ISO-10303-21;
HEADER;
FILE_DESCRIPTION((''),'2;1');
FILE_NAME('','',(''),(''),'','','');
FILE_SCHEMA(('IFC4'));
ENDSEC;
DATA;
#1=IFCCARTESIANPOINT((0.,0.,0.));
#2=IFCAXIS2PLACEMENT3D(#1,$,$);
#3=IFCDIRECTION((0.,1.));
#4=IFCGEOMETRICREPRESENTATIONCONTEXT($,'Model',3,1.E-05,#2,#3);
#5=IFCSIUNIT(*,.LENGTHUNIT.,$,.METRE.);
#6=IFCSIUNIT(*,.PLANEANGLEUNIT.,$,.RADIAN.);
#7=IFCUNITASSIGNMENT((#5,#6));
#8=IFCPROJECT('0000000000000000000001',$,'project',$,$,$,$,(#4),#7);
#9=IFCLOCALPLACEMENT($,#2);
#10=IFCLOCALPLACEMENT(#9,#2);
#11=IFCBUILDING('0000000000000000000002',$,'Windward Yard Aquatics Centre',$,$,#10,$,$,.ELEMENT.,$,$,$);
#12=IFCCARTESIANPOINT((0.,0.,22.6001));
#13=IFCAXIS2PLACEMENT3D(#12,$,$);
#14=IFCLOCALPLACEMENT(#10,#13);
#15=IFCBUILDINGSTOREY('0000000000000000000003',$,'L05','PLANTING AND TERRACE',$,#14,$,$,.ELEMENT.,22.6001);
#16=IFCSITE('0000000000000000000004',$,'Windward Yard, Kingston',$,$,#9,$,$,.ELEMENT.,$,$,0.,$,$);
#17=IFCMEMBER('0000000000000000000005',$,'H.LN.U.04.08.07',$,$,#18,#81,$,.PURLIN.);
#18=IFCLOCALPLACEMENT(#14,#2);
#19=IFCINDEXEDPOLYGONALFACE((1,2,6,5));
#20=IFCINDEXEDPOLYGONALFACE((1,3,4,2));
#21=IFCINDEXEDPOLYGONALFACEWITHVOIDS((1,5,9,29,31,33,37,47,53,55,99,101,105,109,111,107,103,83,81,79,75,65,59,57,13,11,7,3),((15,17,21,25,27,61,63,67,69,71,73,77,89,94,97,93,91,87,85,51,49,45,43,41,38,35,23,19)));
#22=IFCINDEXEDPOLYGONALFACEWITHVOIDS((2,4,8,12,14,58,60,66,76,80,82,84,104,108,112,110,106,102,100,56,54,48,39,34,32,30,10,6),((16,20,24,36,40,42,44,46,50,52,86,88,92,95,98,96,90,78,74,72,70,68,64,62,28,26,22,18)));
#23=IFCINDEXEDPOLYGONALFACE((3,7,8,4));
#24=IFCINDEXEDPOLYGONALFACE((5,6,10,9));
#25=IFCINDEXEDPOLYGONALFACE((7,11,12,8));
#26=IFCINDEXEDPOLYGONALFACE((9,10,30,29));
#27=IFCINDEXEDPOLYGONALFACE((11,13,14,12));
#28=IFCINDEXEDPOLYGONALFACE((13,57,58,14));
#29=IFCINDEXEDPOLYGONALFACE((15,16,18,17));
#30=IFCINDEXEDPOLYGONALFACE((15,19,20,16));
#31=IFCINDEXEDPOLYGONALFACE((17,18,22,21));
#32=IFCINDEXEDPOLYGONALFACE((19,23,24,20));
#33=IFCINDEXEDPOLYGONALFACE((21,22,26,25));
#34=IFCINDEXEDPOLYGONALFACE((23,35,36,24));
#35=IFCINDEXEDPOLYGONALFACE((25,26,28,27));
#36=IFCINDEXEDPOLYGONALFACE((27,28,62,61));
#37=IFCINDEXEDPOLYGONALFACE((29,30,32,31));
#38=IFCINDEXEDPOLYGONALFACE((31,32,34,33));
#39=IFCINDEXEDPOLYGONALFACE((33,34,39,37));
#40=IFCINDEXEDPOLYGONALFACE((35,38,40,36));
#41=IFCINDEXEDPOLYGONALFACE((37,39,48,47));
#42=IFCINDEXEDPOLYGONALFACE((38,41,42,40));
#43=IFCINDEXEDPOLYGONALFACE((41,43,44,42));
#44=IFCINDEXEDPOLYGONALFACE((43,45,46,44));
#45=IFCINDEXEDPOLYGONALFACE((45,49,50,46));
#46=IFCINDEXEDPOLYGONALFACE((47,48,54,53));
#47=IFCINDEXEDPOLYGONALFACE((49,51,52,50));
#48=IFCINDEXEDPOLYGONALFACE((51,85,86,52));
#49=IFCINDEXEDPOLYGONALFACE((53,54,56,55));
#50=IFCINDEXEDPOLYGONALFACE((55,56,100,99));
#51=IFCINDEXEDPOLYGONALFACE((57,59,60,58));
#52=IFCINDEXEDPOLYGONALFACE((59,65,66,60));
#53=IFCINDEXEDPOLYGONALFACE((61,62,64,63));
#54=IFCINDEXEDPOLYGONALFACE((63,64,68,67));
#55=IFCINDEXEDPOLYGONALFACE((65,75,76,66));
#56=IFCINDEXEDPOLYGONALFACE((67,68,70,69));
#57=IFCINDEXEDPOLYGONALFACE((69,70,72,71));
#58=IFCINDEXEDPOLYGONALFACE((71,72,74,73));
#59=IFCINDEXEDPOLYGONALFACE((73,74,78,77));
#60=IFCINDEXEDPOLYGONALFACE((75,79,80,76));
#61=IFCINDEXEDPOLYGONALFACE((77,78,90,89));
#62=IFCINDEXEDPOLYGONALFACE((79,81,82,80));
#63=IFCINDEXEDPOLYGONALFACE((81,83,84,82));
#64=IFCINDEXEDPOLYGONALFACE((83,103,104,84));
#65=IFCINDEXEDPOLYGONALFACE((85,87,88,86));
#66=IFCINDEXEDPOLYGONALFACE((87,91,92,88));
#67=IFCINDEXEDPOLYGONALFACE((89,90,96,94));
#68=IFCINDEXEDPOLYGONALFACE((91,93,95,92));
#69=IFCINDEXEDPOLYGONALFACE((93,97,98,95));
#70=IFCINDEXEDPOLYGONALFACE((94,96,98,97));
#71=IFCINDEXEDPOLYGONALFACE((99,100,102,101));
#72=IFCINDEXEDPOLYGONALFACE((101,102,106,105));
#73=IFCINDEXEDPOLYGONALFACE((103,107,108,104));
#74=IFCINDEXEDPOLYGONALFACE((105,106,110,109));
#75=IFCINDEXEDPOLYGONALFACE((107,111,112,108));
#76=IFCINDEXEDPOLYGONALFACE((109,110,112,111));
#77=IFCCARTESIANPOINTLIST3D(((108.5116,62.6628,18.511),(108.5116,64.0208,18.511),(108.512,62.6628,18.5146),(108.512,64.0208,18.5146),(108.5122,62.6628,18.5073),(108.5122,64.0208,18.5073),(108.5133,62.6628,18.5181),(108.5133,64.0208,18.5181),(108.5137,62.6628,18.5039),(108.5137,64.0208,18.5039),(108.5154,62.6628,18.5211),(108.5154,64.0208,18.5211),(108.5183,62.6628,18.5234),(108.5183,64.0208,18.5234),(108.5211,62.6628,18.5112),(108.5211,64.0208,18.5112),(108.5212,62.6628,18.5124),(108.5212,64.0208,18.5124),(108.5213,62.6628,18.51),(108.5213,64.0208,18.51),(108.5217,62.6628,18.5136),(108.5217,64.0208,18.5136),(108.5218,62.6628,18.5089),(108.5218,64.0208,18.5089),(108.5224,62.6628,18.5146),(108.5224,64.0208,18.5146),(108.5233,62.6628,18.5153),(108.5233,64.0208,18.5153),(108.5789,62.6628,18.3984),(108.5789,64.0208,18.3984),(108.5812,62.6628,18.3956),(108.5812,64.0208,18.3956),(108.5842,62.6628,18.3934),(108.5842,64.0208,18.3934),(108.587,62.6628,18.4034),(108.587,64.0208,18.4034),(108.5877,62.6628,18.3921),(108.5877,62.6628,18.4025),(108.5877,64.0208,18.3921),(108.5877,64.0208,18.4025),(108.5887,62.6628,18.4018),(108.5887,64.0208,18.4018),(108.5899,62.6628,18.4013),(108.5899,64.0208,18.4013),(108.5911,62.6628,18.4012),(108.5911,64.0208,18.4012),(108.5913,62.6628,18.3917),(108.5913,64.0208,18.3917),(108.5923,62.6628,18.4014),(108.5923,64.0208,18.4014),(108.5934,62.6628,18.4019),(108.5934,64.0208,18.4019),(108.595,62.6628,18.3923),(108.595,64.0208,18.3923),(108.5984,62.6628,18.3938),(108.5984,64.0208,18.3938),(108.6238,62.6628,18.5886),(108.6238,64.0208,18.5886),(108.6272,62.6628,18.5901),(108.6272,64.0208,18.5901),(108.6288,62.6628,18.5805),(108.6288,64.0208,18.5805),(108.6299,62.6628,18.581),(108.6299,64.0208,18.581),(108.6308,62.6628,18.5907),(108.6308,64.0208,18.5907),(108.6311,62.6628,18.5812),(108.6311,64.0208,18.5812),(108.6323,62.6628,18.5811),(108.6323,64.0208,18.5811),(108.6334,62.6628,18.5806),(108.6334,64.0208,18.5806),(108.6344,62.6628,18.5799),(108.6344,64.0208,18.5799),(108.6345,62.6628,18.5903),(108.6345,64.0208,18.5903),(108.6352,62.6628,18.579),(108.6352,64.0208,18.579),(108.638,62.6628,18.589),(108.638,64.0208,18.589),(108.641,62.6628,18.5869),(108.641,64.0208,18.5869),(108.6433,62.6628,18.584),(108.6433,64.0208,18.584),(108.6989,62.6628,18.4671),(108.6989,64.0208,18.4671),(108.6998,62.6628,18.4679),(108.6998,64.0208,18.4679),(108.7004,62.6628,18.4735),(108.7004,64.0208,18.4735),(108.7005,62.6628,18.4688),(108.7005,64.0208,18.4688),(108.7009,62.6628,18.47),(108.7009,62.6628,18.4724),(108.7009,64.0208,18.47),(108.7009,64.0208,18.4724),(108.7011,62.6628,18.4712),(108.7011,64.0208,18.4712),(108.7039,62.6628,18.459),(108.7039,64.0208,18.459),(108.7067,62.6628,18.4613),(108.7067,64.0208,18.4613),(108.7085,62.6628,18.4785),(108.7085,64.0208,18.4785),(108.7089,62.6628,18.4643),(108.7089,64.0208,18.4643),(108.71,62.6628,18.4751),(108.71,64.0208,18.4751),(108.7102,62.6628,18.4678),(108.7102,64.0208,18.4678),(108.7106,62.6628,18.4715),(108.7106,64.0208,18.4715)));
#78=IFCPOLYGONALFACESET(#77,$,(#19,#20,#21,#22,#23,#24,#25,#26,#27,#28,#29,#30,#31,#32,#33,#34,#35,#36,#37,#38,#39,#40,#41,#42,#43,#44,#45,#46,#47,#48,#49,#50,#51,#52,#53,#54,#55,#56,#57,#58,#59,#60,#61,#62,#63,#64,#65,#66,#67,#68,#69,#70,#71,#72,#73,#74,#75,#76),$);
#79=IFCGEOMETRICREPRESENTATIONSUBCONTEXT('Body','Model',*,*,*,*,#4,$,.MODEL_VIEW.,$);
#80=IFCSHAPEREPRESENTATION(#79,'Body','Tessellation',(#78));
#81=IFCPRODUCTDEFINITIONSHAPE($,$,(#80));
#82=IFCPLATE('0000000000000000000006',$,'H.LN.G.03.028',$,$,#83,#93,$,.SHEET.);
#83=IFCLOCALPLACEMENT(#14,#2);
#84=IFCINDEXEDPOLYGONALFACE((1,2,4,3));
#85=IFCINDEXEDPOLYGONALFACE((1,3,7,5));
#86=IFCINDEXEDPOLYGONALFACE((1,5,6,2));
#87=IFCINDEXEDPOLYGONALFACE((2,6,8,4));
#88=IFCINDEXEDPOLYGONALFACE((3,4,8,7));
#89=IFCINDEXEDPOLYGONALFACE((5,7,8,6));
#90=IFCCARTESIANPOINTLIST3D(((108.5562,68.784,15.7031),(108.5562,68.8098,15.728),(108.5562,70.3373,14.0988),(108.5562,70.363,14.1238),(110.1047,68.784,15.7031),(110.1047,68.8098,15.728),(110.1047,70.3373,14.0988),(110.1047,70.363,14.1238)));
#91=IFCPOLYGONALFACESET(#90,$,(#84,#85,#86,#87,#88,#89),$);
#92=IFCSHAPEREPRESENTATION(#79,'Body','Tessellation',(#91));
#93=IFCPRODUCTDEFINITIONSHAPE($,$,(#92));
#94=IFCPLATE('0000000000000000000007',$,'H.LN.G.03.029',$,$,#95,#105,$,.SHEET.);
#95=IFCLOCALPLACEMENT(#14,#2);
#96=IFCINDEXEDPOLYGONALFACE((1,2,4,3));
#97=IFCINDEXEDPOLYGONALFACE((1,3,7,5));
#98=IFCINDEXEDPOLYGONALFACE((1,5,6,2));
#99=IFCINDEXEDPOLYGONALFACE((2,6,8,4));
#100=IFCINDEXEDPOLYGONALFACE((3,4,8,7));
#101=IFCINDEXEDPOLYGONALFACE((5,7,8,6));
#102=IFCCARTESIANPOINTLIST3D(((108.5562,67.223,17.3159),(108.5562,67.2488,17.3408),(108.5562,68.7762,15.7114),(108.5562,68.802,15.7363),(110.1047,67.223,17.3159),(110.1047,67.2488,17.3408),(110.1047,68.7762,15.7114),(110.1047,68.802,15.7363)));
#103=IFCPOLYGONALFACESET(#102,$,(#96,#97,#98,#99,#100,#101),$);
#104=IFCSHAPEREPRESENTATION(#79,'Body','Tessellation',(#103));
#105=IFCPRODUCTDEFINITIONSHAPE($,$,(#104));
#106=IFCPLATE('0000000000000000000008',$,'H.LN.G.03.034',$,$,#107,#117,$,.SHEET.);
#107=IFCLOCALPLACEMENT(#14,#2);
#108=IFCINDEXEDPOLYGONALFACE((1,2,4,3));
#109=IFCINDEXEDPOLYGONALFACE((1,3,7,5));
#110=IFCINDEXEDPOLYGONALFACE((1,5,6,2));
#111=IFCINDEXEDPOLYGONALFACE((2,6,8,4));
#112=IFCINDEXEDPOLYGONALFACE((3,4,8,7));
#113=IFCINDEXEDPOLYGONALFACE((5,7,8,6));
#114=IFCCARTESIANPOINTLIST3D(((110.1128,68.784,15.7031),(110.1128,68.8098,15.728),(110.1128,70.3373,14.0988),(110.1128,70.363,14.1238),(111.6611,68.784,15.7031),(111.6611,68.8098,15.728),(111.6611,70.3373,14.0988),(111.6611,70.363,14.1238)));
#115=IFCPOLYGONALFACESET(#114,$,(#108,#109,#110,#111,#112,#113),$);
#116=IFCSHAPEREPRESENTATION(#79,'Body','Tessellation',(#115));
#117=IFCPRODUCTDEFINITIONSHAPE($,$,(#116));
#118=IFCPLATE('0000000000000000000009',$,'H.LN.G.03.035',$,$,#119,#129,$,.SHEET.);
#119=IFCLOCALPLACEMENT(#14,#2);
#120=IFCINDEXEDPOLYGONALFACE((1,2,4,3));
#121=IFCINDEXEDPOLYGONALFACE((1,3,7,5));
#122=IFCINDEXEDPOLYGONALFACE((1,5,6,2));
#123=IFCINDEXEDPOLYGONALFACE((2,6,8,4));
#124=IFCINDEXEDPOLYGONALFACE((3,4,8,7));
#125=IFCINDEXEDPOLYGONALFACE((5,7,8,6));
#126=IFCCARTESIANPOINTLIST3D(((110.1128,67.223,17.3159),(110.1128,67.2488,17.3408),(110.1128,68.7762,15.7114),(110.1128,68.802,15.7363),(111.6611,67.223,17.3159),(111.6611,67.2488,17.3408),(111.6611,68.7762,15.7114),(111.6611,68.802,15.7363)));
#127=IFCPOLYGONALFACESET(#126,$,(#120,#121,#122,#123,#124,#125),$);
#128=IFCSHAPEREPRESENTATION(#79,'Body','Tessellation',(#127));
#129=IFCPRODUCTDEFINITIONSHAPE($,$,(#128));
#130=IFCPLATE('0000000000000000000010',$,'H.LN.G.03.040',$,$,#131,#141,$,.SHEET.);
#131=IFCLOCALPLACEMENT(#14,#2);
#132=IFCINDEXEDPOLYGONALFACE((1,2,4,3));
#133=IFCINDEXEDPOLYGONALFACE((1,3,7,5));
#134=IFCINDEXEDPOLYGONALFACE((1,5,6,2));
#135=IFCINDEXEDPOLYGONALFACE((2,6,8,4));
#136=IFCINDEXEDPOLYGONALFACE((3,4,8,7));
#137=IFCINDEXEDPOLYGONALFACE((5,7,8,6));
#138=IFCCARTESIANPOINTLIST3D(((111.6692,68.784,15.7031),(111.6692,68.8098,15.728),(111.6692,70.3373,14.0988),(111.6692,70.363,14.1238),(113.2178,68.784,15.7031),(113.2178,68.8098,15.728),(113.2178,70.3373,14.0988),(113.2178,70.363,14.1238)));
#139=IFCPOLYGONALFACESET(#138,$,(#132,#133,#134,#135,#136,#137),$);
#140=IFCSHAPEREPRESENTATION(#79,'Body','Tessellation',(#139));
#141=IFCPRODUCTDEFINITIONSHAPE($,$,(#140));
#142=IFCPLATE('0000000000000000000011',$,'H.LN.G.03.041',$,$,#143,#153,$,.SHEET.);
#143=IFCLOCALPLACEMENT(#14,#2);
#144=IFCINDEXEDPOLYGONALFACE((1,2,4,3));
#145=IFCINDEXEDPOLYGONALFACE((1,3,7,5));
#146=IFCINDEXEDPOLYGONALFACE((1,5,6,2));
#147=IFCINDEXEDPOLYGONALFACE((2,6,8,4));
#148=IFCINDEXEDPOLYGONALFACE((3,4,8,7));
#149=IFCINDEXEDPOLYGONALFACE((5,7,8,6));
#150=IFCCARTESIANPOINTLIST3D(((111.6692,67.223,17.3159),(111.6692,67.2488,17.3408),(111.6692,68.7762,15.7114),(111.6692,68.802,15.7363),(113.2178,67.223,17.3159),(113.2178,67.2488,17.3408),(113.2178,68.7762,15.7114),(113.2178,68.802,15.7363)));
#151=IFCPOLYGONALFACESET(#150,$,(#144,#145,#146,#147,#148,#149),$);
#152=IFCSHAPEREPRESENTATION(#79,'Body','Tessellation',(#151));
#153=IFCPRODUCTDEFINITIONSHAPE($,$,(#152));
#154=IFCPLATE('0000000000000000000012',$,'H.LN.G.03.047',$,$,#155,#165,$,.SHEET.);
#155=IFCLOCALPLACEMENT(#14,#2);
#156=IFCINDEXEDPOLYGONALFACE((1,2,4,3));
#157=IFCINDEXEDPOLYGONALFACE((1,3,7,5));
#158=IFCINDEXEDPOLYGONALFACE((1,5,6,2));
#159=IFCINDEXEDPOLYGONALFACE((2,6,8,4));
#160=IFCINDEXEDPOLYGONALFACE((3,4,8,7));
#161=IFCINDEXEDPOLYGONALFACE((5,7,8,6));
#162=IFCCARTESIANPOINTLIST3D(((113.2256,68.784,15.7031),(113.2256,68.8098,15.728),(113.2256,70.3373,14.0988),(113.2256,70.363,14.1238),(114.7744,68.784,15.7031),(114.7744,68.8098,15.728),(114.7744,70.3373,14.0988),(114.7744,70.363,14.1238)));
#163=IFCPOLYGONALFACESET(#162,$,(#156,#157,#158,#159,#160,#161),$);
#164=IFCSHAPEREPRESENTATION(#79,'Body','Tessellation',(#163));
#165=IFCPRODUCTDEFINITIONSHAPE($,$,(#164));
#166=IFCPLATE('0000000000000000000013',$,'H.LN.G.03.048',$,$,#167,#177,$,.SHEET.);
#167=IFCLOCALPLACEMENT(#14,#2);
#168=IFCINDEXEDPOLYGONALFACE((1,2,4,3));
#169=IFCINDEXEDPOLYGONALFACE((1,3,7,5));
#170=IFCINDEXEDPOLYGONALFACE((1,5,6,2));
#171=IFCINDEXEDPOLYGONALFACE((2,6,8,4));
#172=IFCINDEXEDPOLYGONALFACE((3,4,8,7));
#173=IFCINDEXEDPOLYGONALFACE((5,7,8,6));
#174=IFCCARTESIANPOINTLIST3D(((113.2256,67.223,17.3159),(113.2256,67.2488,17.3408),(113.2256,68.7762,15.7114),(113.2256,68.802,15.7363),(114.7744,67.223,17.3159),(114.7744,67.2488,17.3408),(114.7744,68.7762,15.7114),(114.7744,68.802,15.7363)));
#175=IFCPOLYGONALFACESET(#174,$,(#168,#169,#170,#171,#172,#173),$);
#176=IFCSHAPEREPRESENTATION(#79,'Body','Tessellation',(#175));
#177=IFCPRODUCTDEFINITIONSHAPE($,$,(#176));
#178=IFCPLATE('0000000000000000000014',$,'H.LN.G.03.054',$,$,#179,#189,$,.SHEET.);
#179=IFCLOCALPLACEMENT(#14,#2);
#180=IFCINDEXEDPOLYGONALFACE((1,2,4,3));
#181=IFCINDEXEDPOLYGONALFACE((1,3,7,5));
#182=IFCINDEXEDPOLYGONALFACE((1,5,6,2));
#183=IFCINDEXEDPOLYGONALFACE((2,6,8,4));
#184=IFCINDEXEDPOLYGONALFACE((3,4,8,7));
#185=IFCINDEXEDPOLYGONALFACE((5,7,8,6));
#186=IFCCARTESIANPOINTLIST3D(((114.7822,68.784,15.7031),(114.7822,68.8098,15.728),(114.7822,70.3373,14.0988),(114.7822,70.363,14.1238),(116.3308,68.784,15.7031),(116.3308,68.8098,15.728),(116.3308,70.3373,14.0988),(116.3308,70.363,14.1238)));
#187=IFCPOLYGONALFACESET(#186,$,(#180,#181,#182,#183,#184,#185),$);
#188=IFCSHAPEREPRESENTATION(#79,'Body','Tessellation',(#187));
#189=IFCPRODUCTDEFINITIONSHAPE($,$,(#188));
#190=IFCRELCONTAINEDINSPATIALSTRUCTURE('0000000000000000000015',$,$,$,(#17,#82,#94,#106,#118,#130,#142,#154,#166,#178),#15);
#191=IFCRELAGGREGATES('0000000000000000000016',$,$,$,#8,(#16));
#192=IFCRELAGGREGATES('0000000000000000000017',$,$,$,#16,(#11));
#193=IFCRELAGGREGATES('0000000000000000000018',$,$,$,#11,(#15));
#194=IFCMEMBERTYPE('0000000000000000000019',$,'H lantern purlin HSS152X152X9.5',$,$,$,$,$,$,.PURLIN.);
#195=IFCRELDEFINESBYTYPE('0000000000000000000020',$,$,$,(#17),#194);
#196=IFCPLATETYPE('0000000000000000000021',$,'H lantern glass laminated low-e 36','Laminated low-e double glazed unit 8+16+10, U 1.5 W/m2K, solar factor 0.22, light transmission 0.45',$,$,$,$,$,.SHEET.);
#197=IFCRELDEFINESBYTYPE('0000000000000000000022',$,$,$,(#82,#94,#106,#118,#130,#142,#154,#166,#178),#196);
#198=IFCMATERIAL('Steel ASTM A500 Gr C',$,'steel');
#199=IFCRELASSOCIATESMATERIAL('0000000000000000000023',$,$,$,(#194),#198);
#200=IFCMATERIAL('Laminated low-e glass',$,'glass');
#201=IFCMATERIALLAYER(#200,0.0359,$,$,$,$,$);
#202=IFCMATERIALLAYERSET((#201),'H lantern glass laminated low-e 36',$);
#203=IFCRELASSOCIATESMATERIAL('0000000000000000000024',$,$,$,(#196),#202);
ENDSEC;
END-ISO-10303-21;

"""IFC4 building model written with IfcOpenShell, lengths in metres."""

from ifc_helpers import new_model, si_unit, direction, frame, origin, origin_2d, place, context, subcontext, project, spatial, polyline, hollow_rectangle, outline, extrude, material, layer, layer_set, material_profile, profile_set, type_object, element, save


model = new_model("IFC4")

# Units and contexts
model_context = context("Model", 3, precision=1e-05, world=origin(), true_north=direction((0.0, 1.0)))
body_context = subcontext(model_context, "Body", "Model", "MODEL_VIEW")
ifc_project = project(units=[si_unit("LENGTHUNIT", "METRE"), si_unit("PLANEANGLEUNIT", "RADIAN")], contexts=[model_context])

# Site, building, storey
site_placement = place(None, origin())
site = spatial("IfcSite", under=ifc_project, at=site_placement, Name="Windward Yard, Kingston", CompositionType="ELEMENT", RefElevation=0.0)
building_placement = place(site_placement, origin())
building = spatial("IfcBuilding", under=site, at=building_placement, Name="Windward Yard Aquatics Centre", CompositionType="ELEMENT")
storey_placement = place(building_placement, frame((0.0, 0.0, 22.6001)))
storey = spatial("IfcBuildingStorey", under=building, at=storey_placement, Name="L05", Description="PLANTING AND TERRACE", CompositionType="ELEMENT", Elevation=22.6001)

# Member
ifc_material_1 = material(Name="Steel ASTM A500 Gr C", Category="steel")
ifc_material_profile = material_profile(ifc_material_1, hollow_rectangle(XDim=0.1523, YDim=0.1523, WallThickness=0.0095, InnerFilletRadius=0.0046, OuterFilletRadius=0.0142, at=origin_2d()), Name="HSS152X152X9.5")
ifc_profile_set = profile_set([ifc_material_profile], Name="Steel ASTM A500 Gr C")
member_type = type_object("IfcMemberType", Name="H lantern purlin HSS152X152X9.5", PredefinedType="PURLIN", material=ifc_profile_set)
member_1_placement = place(storey_placement, frame((108.6111, 62.6628, 18.4912), z_axis=(0.0, 1.0, 0.0), x_axis=(-0.850755, 0.0, -0.525562)))
element("IfcMember", 1, at=member_1_placement, inside=storey, type_object=member_type, Name="H.LN.U.04.08.07", PredefinedType="PURLIN", context=body_context, shape_type="SweptSolid", body=[
    extrude(hollow_rectangle(XDim=0.1523, YDim=0.1523, WallThickness=0.0095, InnerFilletRadius=0.0046, OuterFilletRadius=0.0142, at=origin_2d()), origin(), (0.0, 0.0, 1.0), 1.3579),
])

# Plates
ifc_material_2 = material(Name="Laminated low-e glass", Category="glass")
ifc_layer = layer(ifc_material_2, 0.0359)
ifc_layer_set = layer_set([ifc_layer], Name="H lantern glass laminated low-e 36")
plate_type = type_object("IfcPlateType", Name="H lantern glass laminated low-e 36", Description="Laminated low-e double glazed unit 8+16+10, U 1.5 W/m2K, solar factor 0.22, light transmission 0.45", PredefinedType="SHEET", material=ifc_layer_set)
plate_1_placement = place(storey_placement, frame((108.5562, 68.8098, 15.728), z_axis=(0.0, 0.71844, 0.695589), x_axis=(0.0, 0.695589, -0.71844)))
element("IfcPlate", 2, at=plate_1_placement, inside=storey, type_object=plate_type, Name="H.LN.G.03.028", PredefinedType="SHEET", context=body_context, shape_type="SweptSolid", body=[
    extrude(outline(polyline([(0.0, 0.0), (2.233, 0.0), (2.233, -1.5486), (0.0, -1.5486), (0.0, 0.0)])), origin(), (0.0, 0.0, -1.0), 0.0359),
])
plate_2_placement = place(storey_placement, frame((108.5562, 67.2488, 17.3408), z_axis=(0.0, 0.718493, 0.695534), x_axis=(0.0, 0.695534, -0.718493)))
element("IfcPlate", 3, at=plate_2_placement, inside=storey, type_object=plate_type, Name="H.LN.G.03.029", PredefinedType="SHEET", context=body_context, shape_type="SweptSolid", body=[
    extrude(outline(polyline([(0.0, 0.0), (2.2331, 0.0), (2.2331, -1.5486), (0.0, -1.5486), (0.0, 0.0)])), origin(), (0.0, 0.0, -1.0), 0.0359),
])
plate_3_placement = place(storey_placement, frame((110.1128, 68.8098, 15.728), z_axis=(0.0, 0.71844, 0.695589), x_axis=(0.0, 0.695589, -0.71844)))
element("IfcPlate", 4, at=plate_3_placement, inside=storey, type_object=plate_type, Name="H.LN.G.03.034", PredefinedType="SHEET", context=body_context, shape_type="SweptSolid", body=[
    extrude(outline(polyline([(0.0, 0.0), (2.233, 0.0), (2.233, -1.5483), (0.0, -1.5483), (0.0, 0.0)])), origin(), (0.0, 0.0, -1.0), 0.0359),
])
plate_4_placement = place(storey_placement, frame((110.1128, 67.2488, 17.3408), z_axis=(0.0, 0.718493, 0.695534), x_axis=(0.0, 0.695534, -0.718493)))
element("IfcPlate", 5, at=plate_4_placement, inside=storey, type_object=plate_type, Name="H.LN.G.03.035", PredefinedType="SHEET", context=body_context, shape_type="SweptSolid", body=[
    extrude(outline(polyline([(0.0, 0.0), (2.2331, 0.0), (2.2331, -1.5483), (0.0, -1.5483), (0.0, 0.0)])), origin(), (0.0, 0.0, -1.0), 0.0359),
])
plate_5_placement = place(storey_placement, frame((111.6692, 68.8098, 15.728), z_axis=(0.0, 0.71844, 0.695589), x_axis=(0.0, 0.695589, -0.71844)))
element("IfcPlate", 6, at=plate_5_placement, inside=storey, type_object=plate_type, Name="H.LN.G.03.040", PredefinedType="SHEET", context=body_context, shape_type="SweptSolid", body=[
    extrude(outline(polyline([(0.0, 0.0), (2.233, 0.0), (2.233, -1.5486), (0.0, -1.5486), (0.0, 0.0)])), origin(), (0.0, 0.0, -1.0), 0.0359),
])
plate_6_placement = place(storey_placement, frame((111.6692, 67.2488, 17.3408), z_axis=(0.0, 0.718493, 0.695534), x_axis=(0.0, 0.695534, -0.718493)))
element("IfcPlate", 7, at=plate_6_placement, inside=storey, type_object=plate_type, Name="H.LN.G.03.041", PredefinedType="SHEET", context=body_context, shape_type="SweptSolid", body=[
    extrude(outline(polyline([(0.0, 0.0), (2.2331, 0.0), (2.2331, -1.5486), (0.0, -1.5486), (0.0, 0.0)])), origin(), (0.0, 0.0, -1.0), 0.0359),
])
plate_7_placement = place(storey_placement, frame((113.2256, 68.8098, 15.728), z_axis=(0.0, 0.71844, 0.695589), x_axis=(0.0, 0.695589, -0.71844)))
element("IfcPlate", 8, at=plate_7_placement, inside=storey, type_object=plate_type, Name="H.LN.G.03.047", PredefinedType="SHEET", context=body_context, shape_type="SweptSolid", body=[
    extrude(outline(polyline([(0.0, 0.0), (2.233, 0.0), (2.233, -1.5488), (0.0, -1.5488), (0.0, 0.0)])), origin(), (0.0, 0.0, -1.0), 0.0359),
])
plate_8_placement = place(storey_placement, frame((113.2256, 67.2488, 17.3408), z_axis=(0.0, 0.718493, 0.695534), x_axis=(0.0, 0.695534, -0.718493)))
element("IfcPlate", 9, at=plate_8_placement, inside=storey, type_object=plate_type, Name="H.LN.G.03.048", PredefinedType="SHEET", context=body_context, shape_type="SweptSolid", body=[
    extrude(outline(polyline([(0.0, 0.0), (2.2331, 0.0), (2.2331, -1.5488), (0.0, -1.5488), (0.0, 0.0)])), origin(), (0.0, 0.0, -1.0), 0.0359),
])
plate_9_placement = place(storey_placement, frame((114.7822, 68.8098, 15.728), z_axis=(0.0, 0.71844, 0.695589), x_axis=(0.0, 0.695589, -0.71844)))
element("IfcPlate", 10, at=plate_9_placement, inside=storey, type_object=plate_type, Name="H.LN.G.03.054", PredefinedType="SHEET", context=body_context, shape_type="SweptSolid", body=[
    extrude(outline(polyline([(0.0, 0.0), (2.233, 0.0), (2.233, -1.5486), (0.0, -1.5486), (0.0, 0.0)])), origin(), (0.0, 0.0, -1.0), 0.0359),
])

save(model, "model.ifc")
